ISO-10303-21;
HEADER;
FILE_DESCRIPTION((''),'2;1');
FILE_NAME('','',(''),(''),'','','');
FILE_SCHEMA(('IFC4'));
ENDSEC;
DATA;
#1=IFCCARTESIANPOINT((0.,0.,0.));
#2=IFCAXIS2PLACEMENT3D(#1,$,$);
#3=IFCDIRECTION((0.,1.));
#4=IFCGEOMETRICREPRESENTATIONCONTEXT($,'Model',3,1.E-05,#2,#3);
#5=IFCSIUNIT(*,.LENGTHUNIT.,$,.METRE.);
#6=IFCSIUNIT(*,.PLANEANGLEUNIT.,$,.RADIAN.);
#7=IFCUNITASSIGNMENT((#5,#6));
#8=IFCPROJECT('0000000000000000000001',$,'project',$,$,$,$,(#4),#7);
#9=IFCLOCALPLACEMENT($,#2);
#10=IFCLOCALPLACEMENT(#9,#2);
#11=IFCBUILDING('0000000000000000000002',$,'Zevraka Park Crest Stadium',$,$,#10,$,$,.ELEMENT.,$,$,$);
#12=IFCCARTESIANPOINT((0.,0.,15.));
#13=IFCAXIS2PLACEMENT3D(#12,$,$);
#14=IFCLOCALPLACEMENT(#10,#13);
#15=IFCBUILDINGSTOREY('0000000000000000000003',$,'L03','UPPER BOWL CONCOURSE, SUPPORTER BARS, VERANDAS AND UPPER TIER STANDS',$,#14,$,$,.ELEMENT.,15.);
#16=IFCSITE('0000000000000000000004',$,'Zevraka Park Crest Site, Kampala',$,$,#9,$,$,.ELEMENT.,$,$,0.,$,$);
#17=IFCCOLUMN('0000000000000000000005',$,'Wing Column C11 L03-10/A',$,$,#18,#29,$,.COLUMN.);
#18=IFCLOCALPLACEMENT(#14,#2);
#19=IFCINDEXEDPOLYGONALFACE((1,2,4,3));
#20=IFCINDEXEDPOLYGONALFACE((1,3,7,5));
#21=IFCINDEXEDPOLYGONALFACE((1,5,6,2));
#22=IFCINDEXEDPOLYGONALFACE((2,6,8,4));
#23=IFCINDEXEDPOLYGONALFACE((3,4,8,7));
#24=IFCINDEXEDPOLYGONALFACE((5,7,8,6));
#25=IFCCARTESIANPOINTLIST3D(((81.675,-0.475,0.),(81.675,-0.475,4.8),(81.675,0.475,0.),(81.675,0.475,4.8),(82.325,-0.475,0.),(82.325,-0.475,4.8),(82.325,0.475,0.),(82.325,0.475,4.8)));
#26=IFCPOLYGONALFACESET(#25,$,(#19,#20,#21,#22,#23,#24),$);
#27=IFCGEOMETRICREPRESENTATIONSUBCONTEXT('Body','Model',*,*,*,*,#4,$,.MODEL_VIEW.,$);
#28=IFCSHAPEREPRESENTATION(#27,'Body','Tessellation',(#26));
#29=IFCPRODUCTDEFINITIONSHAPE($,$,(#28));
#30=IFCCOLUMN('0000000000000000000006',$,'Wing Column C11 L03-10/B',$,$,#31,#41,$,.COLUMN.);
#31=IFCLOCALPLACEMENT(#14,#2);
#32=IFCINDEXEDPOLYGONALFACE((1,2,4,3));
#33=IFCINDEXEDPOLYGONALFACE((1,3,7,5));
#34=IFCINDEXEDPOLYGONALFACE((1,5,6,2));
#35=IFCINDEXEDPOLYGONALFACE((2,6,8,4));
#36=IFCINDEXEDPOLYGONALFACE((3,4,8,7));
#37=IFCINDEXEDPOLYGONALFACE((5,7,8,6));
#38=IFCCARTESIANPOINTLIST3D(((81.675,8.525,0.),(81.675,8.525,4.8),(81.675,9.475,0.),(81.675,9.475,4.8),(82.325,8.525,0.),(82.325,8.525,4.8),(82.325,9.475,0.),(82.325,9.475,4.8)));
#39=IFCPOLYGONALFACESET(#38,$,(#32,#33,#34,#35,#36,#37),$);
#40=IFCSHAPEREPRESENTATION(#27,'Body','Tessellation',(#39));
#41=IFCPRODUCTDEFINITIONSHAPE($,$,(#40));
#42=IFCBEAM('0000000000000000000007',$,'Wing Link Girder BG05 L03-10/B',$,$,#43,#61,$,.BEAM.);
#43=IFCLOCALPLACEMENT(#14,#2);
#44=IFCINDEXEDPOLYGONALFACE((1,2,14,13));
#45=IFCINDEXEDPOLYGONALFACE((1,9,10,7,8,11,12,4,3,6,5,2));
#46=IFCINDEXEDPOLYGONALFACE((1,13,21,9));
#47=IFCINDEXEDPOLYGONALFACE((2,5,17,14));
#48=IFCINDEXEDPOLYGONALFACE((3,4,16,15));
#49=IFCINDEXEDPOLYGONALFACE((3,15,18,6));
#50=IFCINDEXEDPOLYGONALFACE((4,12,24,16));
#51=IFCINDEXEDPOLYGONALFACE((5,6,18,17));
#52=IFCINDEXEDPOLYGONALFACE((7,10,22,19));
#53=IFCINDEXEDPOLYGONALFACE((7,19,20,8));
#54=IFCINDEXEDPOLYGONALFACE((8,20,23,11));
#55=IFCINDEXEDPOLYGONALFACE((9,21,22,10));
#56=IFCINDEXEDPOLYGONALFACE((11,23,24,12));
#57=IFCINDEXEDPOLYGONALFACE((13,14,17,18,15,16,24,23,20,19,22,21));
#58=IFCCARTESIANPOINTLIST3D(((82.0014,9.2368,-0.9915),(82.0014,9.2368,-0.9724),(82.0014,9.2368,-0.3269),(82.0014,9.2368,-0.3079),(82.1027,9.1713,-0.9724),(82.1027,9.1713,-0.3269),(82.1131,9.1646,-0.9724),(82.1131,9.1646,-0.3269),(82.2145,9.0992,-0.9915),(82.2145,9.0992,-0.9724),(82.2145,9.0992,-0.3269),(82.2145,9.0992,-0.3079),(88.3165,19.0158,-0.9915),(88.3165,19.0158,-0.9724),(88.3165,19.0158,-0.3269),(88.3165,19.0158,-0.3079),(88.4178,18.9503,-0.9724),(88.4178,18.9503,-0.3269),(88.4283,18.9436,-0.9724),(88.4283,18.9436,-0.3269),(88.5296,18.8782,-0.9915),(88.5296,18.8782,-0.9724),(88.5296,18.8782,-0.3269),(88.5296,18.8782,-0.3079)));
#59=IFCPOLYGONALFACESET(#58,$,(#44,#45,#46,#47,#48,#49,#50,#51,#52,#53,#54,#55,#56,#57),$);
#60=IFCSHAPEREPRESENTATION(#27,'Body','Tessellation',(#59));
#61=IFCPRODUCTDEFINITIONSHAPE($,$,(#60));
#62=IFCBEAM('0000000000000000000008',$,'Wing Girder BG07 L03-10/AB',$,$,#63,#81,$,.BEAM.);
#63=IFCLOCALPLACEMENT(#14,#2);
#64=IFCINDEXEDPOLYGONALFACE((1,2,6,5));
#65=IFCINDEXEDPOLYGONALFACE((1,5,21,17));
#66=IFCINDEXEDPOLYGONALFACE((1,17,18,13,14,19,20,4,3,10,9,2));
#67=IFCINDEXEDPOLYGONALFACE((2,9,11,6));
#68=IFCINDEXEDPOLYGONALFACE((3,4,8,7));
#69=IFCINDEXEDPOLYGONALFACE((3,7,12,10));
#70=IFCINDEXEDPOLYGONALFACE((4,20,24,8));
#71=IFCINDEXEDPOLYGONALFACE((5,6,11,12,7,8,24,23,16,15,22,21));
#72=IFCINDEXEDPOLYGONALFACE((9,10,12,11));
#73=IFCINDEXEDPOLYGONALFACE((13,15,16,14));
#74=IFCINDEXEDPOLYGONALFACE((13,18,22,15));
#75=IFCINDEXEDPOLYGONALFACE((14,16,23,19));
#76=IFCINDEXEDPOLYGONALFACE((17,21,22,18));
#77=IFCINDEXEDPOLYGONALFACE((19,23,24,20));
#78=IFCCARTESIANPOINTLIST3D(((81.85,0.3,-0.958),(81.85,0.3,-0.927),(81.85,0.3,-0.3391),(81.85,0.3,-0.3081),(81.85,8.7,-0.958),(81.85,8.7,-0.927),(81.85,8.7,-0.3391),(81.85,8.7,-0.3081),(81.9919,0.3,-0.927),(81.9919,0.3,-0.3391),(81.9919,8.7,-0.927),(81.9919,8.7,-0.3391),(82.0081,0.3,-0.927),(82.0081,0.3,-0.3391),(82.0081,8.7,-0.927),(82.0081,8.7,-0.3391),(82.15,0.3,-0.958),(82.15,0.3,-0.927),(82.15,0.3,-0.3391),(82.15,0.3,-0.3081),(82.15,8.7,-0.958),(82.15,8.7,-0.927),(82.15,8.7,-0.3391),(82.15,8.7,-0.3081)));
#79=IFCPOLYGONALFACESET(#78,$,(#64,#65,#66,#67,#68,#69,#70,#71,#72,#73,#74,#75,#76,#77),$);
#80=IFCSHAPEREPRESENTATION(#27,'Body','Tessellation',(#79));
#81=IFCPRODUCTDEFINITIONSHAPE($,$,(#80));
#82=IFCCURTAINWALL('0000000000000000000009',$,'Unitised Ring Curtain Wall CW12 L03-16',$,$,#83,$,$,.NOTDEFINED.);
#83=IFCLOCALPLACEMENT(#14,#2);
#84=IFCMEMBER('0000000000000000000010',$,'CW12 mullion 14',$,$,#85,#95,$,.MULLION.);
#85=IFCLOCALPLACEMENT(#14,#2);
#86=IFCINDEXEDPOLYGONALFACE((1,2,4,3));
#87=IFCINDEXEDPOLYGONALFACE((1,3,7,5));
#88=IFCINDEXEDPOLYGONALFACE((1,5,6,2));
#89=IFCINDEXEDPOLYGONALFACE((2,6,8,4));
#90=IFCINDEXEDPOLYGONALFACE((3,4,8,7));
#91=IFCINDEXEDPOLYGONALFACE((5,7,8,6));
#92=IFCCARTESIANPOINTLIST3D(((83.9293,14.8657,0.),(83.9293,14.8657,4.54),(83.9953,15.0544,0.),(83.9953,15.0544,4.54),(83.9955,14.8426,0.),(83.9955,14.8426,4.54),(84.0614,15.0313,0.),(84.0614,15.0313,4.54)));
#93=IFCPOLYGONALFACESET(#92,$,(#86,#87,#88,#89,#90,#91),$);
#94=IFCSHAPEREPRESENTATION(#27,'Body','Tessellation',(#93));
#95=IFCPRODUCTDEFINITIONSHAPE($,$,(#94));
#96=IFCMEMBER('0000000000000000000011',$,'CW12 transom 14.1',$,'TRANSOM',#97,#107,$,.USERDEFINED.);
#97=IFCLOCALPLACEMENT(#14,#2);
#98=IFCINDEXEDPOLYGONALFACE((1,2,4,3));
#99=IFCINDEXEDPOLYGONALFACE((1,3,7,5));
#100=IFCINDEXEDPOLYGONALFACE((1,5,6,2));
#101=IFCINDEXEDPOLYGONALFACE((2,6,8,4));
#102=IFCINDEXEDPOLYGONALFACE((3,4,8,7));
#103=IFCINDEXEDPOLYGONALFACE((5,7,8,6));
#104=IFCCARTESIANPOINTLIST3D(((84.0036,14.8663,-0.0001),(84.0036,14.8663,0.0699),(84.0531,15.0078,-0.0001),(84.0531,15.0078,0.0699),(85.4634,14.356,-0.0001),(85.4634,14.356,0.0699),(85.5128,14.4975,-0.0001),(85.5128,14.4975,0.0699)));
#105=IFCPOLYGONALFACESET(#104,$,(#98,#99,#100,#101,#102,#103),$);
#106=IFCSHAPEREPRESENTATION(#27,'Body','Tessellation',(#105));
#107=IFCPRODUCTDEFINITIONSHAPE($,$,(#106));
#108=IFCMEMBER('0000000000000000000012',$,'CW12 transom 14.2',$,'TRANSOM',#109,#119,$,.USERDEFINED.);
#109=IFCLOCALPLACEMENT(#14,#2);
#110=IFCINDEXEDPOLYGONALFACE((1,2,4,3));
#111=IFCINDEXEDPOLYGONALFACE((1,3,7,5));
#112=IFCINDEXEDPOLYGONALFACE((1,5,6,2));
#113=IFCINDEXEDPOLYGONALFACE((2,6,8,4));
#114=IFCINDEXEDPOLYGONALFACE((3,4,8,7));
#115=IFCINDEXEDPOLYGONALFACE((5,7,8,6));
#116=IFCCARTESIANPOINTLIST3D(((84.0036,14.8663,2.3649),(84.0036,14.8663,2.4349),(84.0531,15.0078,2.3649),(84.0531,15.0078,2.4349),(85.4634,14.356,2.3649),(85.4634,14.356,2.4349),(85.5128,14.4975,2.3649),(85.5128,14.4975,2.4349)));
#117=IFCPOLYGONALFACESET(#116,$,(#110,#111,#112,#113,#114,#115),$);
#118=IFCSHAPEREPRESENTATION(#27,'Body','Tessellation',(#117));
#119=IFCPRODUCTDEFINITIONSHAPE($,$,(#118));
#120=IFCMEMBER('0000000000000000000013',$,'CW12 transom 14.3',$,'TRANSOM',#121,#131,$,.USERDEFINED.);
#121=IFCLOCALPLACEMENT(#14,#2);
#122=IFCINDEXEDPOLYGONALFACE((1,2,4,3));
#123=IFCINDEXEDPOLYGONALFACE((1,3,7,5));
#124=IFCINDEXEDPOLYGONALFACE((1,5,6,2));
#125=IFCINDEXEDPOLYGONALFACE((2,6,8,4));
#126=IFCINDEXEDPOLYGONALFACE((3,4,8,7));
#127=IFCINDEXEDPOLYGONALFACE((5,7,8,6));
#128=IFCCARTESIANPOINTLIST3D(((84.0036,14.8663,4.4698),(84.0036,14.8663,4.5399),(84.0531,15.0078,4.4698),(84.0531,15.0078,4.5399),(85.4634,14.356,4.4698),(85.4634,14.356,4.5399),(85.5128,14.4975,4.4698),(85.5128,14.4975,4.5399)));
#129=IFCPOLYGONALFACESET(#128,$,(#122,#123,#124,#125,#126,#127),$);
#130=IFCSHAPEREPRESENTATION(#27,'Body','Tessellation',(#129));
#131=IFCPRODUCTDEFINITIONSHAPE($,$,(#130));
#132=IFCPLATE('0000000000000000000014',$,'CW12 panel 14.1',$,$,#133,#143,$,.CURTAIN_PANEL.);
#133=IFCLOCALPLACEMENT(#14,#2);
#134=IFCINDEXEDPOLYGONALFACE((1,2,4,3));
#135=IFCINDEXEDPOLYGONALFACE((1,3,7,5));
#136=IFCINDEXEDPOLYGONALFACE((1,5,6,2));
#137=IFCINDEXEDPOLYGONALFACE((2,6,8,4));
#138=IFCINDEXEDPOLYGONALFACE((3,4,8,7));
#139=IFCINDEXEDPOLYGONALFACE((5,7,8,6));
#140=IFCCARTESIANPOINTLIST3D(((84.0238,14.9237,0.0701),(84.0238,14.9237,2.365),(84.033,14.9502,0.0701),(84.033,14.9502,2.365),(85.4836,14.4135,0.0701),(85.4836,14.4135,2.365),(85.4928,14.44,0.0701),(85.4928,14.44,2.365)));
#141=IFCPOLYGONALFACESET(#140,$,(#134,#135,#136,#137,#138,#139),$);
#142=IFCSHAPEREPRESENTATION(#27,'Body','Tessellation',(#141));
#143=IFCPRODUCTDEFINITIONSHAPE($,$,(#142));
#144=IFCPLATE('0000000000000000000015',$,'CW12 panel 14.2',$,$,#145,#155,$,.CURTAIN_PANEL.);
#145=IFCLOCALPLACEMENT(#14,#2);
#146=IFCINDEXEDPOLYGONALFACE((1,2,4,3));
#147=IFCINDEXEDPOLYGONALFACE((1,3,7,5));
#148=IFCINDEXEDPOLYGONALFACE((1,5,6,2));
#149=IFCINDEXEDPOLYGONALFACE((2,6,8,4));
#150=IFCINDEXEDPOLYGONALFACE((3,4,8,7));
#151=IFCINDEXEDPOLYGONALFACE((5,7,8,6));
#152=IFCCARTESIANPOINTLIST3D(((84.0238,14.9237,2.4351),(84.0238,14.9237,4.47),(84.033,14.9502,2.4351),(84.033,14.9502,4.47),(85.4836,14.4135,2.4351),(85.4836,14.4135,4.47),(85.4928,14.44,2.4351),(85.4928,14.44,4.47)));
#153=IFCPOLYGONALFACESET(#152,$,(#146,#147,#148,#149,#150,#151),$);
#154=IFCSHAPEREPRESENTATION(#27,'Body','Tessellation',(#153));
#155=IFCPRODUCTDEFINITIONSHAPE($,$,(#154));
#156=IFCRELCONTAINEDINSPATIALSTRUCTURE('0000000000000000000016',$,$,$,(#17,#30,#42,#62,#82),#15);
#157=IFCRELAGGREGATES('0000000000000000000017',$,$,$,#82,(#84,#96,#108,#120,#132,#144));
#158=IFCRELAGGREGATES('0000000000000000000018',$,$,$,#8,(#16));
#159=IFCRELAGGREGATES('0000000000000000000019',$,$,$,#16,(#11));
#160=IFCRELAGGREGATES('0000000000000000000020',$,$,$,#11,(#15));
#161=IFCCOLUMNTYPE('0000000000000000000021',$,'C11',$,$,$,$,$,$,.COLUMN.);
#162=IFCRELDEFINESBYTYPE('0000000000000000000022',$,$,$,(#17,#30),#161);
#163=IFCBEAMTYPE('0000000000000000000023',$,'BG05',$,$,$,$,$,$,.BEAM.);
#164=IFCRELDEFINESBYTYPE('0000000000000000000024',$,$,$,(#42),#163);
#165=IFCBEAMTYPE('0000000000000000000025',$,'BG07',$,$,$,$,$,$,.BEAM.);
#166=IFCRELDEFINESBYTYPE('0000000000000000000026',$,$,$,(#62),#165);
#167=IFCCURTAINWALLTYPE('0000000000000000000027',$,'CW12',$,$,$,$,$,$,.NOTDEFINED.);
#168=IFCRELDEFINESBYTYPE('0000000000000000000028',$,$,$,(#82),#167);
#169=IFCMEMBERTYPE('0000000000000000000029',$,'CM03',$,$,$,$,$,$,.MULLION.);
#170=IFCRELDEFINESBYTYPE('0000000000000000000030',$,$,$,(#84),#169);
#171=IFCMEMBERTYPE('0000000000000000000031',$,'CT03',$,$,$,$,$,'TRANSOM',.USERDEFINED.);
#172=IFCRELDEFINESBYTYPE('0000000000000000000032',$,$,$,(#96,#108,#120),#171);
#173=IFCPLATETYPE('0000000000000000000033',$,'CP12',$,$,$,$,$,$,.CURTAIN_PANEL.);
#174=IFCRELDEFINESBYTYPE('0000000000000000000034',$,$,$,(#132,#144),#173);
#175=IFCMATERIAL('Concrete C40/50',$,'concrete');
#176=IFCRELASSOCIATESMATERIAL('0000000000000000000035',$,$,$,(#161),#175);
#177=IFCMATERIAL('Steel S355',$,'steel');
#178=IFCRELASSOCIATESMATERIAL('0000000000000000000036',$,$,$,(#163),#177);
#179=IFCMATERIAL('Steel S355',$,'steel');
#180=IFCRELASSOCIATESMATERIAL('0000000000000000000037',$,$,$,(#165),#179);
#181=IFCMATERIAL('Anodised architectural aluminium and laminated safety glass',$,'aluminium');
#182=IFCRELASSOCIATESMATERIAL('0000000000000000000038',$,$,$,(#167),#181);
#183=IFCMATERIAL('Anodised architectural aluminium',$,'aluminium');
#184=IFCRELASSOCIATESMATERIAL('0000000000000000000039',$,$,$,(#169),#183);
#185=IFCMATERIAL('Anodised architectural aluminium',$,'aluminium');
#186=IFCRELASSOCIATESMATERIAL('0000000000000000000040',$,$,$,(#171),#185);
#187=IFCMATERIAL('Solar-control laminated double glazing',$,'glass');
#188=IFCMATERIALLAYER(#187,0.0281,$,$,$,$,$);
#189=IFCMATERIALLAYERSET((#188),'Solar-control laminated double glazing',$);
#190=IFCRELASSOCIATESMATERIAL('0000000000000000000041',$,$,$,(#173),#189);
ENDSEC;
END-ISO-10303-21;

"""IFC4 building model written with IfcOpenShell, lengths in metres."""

from ifc_helpers import new_model, si_unit, direction, frame, origin, origin_2d, place, context, subcontext, project, spatial, rectangle, i_section, extrude, material, layer, layer_set, material_profile, profile_set, type_object, element, aggregate, save


model = new_model("IFC4")

# Units and contexts
model_context = context("Model", 3, precision=1e-05, world=origin(), true_north=direction((0.0, 1.0)))
body_context = subcontext(model_context, "Body", "Model", "MODEL_VIEW")
ifc_project = project(units=[si_unit("LENGTHUNIT", "METRE"), si_unit("PLANEANGLEUNIT", "RADIAN")], contexts=[model_context])

# Site, building, storey
site_placement = place(None, origin())
site = spatial("IfcSite", under=ifc_project, at=site_placement, Name="Zevraka Park Crest Site, Kampala", CompositionType="ELEMENT", RefElevation=0.0)
building_placement = place(site_placement, origin())
building = spatial("IfcBuilding", under=site, at=building_placement, Name="Zevraka Park Crest Stadium", CompositionType="ELEMENT")
storey_placement = place(building_placement, frame((0.0, 0.0, 15.0)))
storey = spatial("IfcBuildingStorey", under=building, at=storey_placement, Name="L03", Description="UPPER BOWL CONCOURSE, SUPPORTER BARS, VERANDAS AND UPPER TIER STANDS", CompositionType="ELEMENT", Elevation=15.0)

# Columns
ifc_material_1 = material(Name="Concrete C40/50", Category="concrete")
ifc_material_profile_1 = material_profile(ifc_material_1, rectangle(XDim=0.6499, YDim=0.95, at=origin_2d()), Name="RC 950x650")
ifc_profile_set_1 = profile_set([ifc_material_profile_1], Name="Concrete C40/50")
column_type = type_object("IfcColumnType", Name="C11", PredefinedType="COLUMN", material=ifc_profile_set_1)
for number, where, z_axis, x_axis, name in (
    (1, (82.0, 0.0, 0.0), (0.0, 0.0, 1.0), (1.0, 0.0, 0.0), "Wing Column C11 L03-10/A"),
    (2, (82.0, 9.0, 0.0), (0.0, 0.0, 1.0), (1.0, 0.0, 0.0), "Wing Column C11 L03-10/B"),
):
    element("IfcColumn", number, at=place(storey_placement, frame(where, z_axis=z_axis, x_axis=x_axis)), inside=storey, type_object=column_type, Name=name, PredefinedType="COLUMN", context=body_context, shape_type="SweptSolid", body=[
        extrude(rectangle(XDim=0.6499, YDim=0.95, at=origin_2d()), origin(), (0.0, 0.0, 1.0), 4.8),
    ])

# Beams
ifc_material_2 = material(Name="Steel S355", Category="steel")
ifc_material_profile_2 = material_profile(ifc_material_2, i_section(OverallWidth=0.2537, OverallDepth=0.6836, WebThickness=0.0125, FlangeThickness=0.019, at=origin_2d()), Name="UKB 686x254x140")
ifc_profile_set_2 = profile_set([ifc_material_profile_2], Name="Steel S355")
beam_type_1 = type_object("IfcBeamType", Name="BG05", PredefinedType="BEAM", material=ifc_profile_set_2)
beam_1_placement = place(storey_placement, frame((82.1079, 9.168, -0.6497), z_axis=(0.542498, 0.840057, 0.0), x_axis=(-0.840057, 0.542498, 0.0)))
element("IfcBeam", 3, at=beam_1_placement, inside=storey, type_object=beam_type_1, Name="Wing Link Girder BG05 L03-10/B", PredefinedType="BEAM", context=body_context, shape_type="SweptSolid", body=[
    extrude(i_section(OverallWidth=0.2537, OverallDepth=0.6836, WebThickness=0.0125, FlangeThickness=0.019, at=origin_2d()), origin(), (0.0, 0.0, 1.0), 11.6409),
])
ifc_material_3 = material(Name="Steel S355", Category="steel")
ifc_material_profile_3 = material_profile(ifc_material_3, i_section(OverallWidth=0.3, OverallDepth=0.6499, WebThickness=0.0161, FlangeThickness=0.031, at=origin_2d()), Name="HEB 650")
ifc_profile_set_3 = profile_set([ifc_material_profile_3], Name="Steel S355")
beam_type_2 = type_object("IfcBeamType", Name="BG07", PredefinedType="BEAM", material=ifc_profile_set_3)
beam_2_placement = place(storey_placement, frame((82.0, 0.3, -0.6331), z_axis=(0.0, 1.0, 0.0), x_axis=(-1.0, 0.0, 0.0)))
element("IfcBeam", 4, at=beam_2_placement, inside=storey, type_object=beam_type_2, Name="Wing Girder BG07 L03-10/AB", PredefinedType="BEAM", context=body_context, shape_type="SweptSolid", body=[
    extrude(i_section(OverallWidth=0.3, OverallDepth=0.6499, WebThickness=0.0161, FlangeThickness=0.031, at=origin_2d()), origin(), (0.0, 0.0, 1.0), 8.3999),
])

# Curtain wall, members, plates
ifc_material_4 = material(Name="Anodised architectural aluminium and laminated safety glass", Category="aluminium")
curtain_wall_type = type_object("IfcCurtainWallType", Name="CW12", PredefinedType="NOTDEFINED", material=ifc_material_4)
curtain_wall_placement = place(storey_placement, origin())
curtain_wall = element("IfcCurtainWall", 5, at=curtain_wall_placement, inside=storey, type_object=curtain_wall_type, Name="Unitised Ring Curtain Wall CW12 L03-16", PredefinedType="NOTDEFINED")
ifc_material_5 = material(Name="Anodised architectural aluminium", Category="aluminium")
ifc_material_profile_4 = material_profile(ifc_material_5, rectangle(XDim=0.2, YDim=0.0701, at=origin_2d()), Name="ALU MULLION 200x70")
ifc_profile_set_4 = profile_set([ifc_material_profile_4], Name="Anodised architectural aluminium")
member_type_1 = type_object("IfcMemberType", Name="CM03", PredefinedType="MULLION", material=ifc_profile_set_4)
member_1_placement = place(storey_placement, frame((83.9954, 14.9485, 0.0), z_axis=(0.0, 0.0, 1.0), x_axis=(0.329917, 0.94401, 0.0)))
member_1 = element("IfcMember", 6, at=member_1_placement, type_object=member_type_1, Name="CW12 mullion 14", PredefinedType="MULLION", context=body_context, shape_type="SweptSolid", body=[
    extrude(rectangle(XDim=0.2, YDim=0.0701, at=origin_2d()), origin(), (0.0, 0.0, 1.0), 4.54),
])
ifc_material_6 = material(Name="Anodised architectural aluminium", Category="aluminium")
ifc_material_profile_5 = material_profile(ifc_material_6, rectangle(XDim=0.1499, YDim=0.0701, at=origin_2d()), Name="ALU TRANSOM 150x70")
ifc_profile_set_5 = profile_set([ifc_material_profile_5], Name="Anodised architectural aluminium")
member_type_2 = type_object("IfcMemberType", Name="CT03", ElementType="TRANSOM", PredefinedType="USERDEFINED", material=ifc_profile_set_5)
member_2_placement = place(storey_placement, frame((84.0283, 14.937, 0.0349), z_axis=(0.943989, -0.329978, 0.0), x_axis=(0.329978, 0.943989, 0.0)))
member_2 = element("IfcMember", 7, at=member_2_placement, type_object=member_type_2, Name="CW12 transom 14.1", ObjectType="TRANSOM", PredefinedType="USERDEFINED", context=body_context, shape_type="SweptSolid", body=[
    extrude(rectangle(XDim=0.1499, YDim=0.0701, at=origin_2d()), origin(), (0.0, 0.0, 1.0), 1.5464),
])
member_3_placement = place(storey_placement, frame((84.0283, 14.937, 2.3999), z_axis=(0.943989, -0.329978, 0.0), x_axis=(0.329978, 0.943989, 0.0)))
member_3 = element("IfcMember", 8, at=member_3_placement, type_object=member_type_2, Name="CW12 transom 14.2", ObjectType="TRANSOM", PredefinedType="USERDEFINED", context=body_context, shape_type="SweptSolid", body=[
    extrude(rectangle(XDim=0.1499, YDim=0.0701, at=origin_2d()), origin(), (0.0, 0.0, 1.0), 1.5464),
])
member_4_placement = place(storey_placement, frame((84.0283, 14.937, 4.5049), z_axis=(0.943989, -0.329978, 0.0), x_axis=(0.329978, 0.943989, 0.0)))
member_4 = element("IfcMember", 9, at=member_4_placement, type_object=member_type_2, Name="CW12 transom 14.3", ObjectType="TRANSOM", PredefinedType="USERDEFINED", context=body_context, shape_type="SweptSolid", body=[
    extrude(rectangle(XDim=0.1499, YDim=0.0701, at=origin_2d()), origin(), (0.0, 0.0, 1.0), 1.5464),
])
ifc_material_7 = material(Name="Solar-control laminated double glazing", Category="glass")
ifc_layer_1 = layer(ifc_material_7, 0.0281)
ifc_layer_set_1 = layer_set([ifc_layer_1], Name="Solar-control laminated double glazing")
plate_type = type_object("IfcPlateType", Name="CP12", PredefinedType="CURTAIN_PANEL", material=ifc_layer_set_1)
plate_1_placement = place(storey_placement, frame((84.7583, 14.6819, 0.0701), z_axis=(0.0, 0.0, 1.0), x_axis=(0.94401, -0.329917, 0.0)))
plate_1 = element("IfcPlate", 10, at=plate_1_placement, type_object=plate_type, Name="CW12 panel 14.1", PredefinedType="CURTAIN_PANEL", context=body_context, shape_type="SweptSolid", body=[
    extrude(rectangle(XDim=1.5464, YDim=0.0281, at=origin_2d()), origin(), (0.0, 0.0, 1.0), 2.2949),
])
plate_2_placement = place(storey_placement, frame((84.7583, 14.6819, 2.4351), z_axis=(0.0, 0.0, 1.0), x_axis=(0.94401, -0.329917, 0.0)))
plate_2 = element("IfcPlate", 11, at=plate_2_placement, type_object=plate_type, Name="CW12 panel 14.2", PredefinedType="CURTAIN_PANEL", context=body_context, shape_type="SweptSolid", body=[
    extrude(rectangle(XDim=1.5464, YDim=0.0281, at=origin_2d()), origin(), (0.0, 0.0, 1.0), 2.0349),
])
aggregate(curtain_wall, [member_1, member_2, member_3, member_4, plate_1, plate_2])

save(model, "model.ifc")
